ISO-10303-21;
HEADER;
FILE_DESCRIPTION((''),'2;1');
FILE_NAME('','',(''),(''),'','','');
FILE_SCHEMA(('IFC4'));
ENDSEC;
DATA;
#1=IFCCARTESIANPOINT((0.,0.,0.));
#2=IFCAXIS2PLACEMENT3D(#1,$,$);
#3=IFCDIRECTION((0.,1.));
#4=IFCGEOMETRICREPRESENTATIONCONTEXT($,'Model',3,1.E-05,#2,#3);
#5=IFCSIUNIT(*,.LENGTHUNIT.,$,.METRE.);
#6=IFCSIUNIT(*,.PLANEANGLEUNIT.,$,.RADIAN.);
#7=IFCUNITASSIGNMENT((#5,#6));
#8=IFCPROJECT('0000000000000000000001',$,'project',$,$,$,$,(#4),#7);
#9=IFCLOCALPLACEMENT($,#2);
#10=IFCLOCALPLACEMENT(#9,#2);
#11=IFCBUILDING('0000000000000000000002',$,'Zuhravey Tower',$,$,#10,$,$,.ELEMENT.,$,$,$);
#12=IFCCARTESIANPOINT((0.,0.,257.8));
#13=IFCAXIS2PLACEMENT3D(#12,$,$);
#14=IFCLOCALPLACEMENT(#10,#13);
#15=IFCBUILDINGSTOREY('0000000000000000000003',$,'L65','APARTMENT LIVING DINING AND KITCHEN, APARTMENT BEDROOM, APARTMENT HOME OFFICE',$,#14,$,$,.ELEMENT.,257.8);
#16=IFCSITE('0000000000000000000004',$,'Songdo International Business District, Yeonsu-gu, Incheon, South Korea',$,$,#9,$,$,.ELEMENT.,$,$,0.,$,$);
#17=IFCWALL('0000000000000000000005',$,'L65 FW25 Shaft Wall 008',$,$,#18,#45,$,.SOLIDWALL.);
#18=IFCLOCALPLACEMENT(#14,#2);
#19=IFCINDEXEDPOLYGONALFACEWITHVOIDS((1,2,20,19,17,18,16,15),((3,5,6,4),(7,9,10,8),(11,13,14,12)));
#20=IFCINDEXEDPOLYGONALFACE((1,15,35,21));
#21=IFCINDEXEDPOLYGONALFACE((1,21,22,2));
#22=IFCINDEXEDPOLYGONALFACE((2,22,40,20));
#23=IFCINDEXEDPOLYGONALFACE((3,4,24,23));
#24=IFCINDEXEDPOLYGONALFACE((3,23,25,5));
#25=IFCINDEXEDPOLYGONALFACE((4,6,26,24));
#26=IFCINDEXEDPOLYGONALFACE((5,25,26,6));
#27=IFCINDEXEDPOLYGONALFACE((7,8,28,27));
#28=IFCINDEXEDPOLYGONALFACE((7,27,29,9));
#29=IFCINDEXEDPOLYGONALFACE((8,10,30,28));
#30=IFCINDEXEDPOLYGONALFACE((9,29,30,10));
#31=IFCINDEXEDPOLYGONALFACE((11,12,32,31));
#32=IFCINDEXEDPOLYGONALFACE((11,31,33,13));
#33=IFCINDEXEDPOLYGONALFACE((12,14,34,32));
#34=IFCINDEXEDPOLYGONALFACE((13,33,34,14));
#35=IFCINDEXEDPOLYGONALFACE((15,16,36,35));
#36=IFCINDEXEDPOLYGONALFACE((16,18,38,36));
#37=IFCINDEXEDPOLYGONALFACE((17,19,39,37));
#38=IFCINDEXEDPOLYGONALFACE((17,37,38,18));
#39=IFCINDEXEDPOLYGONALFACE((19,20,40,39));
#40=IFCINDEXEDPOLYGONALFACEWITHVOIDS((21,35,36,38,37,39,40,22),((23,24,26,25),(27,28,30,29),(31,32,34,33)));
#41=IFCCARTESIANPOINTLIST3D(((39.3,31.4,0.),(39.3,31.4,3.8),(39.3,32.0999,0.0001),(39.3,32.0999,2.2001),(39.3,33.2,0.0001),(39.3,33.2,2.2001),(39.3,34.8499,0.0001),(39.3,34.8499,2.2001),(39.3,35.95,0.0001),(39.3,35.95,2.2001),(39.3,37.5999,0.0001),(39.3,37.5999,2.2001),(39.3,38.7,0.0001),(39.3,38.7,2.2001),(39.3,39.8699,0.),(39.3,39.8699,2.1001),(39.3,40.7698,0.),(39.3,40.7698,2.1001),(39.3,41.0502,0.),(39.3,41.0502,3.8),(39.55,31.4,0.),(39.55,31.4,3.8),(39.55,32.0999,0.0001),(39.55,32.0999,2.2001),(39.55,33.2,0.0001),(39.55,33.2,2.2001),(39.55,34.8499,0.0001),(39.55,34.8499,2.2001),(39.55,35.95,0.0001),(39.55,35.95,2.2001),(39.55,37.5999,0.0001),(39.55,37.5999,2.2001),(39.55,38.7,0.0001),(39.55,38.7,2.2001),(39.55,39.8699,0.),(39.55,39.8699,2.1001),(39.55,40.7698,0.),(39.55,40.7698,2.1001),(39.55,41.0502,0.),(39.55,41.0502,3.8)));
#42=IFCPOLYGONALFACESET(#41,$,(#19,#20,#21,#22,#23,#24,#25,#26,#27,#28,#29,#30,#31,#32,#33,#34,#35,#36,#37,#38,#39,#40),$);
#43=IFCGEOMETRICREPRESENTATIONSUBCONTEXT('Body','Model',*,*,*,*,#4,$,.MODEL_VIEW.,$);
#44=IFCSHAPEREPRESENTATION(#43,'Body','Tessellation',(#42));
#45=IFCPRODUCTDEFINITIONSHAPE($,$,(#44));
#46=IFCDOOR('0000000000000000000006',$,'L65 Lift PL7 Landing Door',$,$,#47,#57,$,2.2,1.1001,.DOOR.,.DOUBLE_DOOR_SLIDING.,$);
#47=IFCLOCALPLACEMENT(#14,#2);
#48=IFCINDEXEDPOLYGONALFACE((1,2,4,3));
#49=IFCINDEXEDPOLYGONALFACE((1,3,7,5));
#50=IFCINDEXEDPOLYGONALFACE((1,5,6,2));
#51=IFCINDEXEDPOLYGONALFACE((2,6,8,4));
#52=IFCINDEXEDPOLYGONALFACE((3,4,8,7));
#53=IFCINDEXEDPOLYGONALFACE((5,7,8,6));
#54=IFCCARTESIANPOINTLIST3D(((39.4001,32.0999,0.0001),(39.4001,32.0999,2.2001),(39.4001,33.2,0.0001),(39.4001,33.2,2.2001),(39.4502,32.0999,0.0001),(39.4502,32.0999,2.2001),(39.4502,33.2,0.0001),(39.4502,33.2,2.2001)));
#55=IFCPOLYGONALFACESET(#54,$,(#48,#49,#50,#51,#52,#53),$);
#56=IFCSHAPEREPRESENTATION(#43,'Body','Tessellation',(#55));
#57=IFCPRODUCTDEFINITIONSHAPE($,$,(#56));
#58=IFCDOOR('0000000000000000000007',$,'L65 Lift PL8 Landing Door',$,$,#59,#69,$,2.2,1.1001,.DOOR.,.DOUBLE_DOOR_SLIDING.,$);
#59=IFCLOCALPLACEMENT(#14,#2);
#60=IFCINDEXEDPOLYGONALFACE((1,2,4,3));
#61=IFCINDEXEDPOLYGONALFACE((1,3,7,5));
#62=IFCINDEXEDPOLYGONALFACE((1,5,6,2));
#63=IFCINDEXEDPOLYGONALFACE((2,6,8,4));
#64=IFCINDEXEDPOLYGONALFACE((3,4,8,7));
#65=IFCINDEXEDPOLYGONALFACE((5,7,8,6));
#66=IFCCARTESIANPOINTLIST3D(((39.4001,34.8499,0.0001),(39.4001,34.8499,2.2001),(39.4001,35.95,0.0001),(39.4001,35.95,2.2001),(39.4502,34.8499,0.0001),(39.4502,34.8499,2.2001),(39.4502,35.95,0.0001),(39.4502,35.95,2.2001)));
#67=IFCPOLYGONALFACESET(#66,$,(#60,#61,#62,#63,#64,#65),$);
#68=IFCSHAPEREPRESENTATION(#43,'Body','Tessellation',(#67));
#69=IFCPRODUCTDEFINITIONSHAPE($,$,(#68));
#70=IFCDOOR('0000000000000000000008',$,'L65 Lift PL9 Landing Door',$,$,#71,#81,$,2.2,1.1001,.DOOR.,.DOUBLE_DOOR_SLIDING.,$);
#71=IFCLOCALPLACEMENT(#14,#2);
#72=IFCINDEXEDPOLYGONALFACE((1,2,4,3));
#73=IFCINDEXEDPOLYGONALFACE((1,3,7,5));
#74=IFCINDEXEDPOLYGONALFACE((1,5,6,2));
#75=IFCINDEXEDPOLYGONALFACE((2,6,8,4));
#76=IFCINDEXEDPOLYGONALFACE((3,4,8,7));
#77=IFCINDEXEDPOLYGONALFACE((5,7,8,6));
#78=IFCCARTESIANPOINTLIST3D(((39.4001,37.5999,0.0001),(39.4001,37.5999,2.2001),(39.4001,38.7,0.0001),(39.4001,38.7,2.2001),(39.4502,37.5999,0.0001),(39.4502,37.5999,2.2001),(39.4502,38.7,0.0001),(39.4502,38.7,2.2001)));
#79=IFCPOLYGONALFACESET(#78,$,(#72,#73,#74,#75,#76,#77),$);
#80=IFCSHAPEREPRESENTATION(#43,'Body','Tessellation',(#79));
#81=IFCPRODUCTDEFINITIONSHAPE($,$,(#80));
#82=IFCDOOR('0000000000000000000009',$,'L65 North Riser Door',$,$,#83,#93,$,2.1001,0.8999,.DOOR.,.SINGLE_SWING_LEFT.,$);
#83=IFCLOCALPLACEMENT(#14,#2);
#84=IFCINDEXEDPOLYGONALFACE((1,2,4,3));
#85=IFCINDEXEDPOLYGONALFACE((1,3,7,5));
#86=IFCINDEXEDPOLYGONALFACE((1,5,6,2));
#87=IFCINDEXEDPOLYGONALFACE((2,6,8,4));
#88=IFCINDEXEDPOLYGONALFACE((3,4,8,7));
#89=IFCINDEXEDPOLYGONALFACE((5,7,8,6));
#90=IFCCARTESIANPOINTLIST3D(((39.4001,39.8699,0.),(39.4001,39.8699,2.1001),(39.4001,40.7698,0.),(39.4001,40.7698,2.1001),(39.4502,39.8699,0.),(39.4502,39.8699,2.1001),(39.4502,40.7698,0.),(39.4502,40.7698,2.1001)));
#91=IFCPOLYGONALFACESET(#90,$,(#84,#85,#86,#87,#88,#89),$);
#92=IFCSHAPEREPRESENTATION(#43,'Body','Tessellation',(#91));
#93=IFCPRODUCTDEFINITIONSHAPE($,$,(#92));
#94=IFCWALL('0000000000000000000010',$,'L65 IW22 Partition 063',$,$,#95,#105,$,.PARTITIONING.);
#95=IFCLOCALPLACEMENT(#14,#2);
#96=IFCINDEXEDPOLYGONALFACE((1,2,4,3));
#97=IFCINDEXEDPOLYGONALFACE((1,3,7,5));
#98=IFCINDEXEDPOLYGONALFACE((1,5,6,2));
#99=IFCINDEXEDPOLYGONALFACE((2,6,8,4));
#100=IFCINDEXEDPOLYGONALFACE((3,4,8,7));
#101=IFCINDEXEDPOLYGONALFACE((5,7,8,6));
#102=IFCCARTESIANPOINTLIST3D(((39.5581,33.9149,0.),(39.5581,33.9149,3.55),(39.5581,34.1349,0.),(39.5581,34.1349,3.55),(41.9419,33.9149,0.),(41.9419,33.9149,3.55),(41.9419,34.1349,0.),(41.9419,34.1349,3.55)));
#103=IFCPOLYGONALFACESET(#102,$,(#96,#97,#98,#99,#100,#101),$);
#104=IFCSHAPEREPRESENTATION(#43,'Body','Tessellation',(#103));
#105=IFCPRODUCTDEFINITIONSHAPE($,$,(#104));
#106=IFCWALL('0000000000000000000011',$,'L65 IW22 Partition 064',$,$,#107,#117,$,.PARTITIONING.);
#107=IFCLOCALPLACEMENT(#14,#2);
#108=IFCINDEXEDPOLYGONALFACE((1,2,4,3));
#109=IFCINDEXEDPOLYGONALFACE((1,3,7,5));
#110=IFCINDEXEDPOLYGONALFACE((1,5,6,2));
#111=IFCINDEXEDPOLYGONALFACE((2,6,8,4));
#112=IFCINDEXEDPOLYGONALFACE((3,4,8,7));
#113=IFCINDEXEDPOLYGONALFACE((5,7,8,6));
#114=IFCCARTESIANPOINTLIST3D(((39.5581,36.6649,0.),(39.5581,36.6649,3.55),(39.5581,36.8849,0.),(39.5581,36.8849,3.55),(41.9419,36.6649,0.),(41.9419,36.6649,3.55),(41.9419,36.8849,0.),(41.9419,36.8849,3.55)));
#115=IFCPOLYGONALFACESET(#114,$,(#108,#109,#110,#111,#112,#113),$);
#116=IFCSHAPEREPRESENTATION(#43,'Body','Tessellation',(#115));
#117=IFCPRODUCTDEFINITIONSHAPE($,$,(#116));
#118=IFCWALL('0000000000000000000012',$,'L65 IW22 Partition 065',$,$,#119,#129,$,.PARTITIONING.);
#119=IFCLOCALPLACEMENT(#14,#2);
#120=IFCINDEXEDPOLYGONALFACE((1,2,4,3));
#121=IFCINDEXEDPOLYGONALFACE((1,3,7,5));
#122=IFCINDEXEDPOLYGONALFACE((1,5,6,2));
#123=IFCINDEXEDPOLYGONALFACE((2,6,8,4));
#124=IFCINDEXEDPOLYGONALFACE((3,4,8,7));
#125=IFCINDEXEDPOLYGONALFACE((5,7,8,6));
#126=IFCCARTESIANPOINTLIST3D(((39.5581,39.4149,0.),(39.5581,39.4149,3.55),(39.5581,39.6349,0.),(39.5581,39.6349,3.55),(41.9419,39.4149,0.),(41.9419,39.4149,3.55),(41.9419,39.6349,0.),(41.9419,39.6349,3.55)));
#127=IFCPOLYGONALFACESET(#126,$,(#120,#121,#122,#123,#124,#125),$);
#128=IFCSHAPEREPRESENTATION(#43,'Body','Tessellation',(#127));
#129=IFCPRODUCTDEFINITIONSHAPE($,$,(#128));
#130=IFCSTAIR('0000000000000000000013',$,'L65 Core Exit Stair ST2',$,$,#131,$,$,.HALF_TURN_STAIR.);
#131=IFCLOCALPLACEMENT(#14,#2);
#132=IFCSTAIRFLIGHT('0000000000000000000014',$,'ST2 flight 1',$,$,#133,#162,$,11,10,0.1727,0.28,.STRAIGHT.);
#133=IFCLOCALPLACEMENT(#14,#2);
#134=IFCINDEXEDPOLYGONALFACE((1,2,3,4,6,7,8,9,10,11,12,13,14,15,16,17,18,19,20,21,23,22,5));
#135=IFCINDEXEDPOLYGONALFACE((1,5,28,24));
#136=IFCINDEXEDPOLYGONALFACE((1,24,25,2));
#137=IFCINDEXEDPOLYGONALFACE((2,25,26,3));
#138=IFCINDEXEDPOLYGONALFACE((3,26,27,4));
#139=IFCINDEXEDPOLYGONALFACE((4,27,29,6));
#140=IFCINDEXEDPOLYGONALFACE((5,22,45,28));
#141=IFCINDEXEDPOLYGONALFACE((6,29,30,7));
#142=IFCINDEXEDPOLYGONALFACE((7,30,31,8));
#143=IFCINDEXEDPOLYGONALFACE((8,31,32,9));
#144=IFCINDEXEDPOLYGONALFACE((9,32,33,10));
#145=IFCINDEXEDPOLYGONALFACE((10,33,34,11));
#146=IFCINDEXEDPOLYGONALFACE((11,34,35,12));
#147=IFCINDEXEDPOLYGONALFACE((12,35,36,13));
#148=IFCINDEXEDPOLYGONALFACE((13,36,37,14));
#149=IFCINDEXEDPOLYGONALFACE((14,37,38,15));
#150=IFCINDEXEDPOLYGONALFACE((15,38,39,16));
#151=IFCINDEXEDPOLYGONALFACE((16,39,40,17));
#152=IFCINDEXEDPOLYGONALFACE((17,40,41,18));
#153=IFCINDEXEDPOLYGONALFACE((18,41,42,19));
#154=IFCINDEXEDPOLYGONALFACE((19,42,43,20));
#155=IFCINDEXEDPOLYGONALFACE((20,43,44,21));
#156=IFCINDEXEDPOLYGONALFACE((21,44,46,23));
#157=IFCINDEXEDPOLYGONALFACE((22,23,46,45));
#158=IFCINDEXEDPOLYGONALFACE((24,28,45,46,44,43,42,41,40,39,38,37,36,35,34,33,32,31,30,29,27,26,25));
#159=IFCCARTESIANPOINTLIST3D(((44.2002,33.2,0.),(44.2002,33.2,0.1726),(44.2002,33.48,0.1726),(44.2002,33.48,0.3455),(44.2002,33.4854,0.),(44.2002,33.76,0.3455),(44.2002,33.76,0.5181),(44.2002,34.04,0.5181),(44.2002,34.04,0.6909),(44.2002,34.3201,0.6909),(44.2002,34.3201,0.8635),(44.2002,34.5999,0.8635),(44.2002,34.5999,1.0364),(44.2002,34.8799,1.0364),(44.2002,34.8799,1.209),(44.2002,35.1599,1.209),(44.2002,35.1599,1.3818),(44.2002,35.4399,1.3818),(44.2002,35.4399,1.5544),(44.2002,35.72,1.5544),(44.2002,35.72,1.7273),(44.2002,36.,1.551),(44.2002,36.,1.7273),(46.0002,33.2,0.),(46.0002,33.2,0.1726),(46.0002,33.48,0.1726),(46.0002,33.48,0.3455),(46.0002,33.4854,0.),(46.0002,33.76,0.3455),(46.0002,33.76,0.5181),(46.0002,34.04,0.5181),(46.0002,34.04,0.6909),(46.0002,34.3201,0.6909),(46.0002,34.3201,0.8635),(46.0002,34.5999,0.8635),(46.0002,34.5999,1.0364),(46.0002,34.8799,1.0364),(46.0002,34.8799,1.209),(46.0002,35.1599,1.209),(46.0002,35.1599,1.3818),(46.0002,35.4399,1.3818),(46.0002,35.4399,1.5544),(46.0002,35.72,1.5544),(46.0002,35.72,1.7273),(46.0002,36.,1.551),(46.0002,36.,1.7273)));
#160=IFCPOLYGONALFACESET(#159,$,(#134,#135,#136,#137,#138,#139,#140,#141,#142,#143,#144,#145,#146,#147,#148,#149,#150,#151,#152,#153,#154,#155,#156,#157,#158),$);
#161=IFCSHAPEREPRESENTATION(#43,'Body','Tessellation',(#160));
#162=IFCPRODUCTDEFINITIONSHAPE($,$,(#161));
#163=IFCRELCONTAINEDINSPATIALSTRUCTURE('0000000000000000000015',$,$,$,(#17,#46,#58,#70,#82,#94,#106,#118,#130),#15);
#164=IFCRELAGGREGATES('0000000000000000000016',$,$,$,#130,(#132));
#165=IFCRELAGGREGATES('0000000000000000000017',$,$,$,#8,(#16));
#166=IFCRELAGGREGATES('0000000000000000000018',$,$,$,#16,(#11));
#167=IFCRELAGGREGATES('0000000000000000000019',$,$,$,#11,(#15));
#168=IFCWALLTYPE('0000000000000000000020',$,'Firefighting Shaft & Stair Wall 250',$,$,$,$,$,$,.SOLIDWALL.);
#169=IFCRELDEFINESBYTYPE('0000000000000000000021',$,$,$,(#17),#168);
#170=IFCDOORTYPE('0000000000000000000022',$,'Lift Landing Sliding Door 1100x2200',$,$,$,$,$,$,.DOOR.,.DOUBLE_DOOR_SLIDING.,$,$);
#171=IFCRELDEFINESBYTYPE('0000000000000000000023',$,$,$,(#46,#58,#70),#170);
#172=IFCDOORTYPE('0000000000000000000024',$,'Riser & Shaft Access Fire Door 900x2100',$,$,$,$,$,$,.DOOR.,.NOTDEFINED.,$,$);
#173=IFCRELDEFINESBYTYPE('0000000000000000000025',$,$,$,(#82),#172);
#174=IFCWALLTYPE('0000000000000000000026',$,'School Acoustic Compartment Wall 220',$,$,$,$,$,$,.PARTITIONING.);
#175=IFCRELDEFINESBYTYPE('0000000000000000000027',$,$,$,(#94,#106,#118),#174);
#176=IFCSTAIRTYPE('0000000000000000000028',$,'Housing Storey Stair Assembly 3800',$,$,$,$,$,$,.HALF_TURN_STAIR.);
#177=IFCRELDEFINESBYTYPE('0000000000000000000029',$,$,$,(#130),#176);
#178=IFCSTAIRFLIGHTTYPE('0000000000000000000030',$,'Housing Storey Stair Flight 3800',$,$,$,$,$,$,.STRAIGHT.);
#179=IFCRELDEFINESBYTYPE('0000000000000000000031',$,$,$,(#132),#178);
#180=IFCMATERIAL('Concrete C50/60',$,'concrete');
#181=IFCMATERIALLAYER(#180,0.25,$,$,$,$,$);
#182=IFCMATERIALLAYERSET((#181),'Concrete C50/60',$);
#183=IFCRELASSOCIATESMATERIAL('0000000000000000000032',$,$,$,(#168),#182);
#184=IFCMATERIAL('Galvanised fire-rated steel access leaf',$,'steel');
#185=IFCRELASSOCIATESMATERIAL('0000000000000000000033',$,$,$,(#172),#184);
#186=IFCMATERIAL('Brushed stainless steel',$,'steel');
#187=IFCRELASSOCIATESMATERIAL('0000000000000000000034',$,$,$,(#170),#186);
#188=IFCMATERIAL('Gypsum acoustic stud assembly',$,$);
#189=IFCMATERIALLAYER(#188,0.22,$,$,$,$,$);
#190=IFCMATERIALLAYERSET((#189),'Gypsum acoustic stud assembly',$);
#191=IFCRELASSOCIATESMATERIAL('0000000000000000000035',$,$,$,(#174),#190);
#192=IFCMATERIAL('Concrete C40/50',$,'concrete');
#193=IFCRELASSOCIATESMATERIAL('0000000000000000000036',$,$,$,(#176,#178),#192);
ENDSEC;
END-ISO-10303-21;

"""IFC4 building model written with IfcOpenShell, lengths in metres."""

from ifc_helpers import new_model, si_unit, direction, frame, frame_2d, origin, place, context, subcontext, project, spatial, polyline, rectangle, outline, extrude, material, layer, layer_set, type_object, element, fill, aggregate, save


model = new_model("IFC4")

# Units and contexts
model_context = context("Model", 3, precision=1e-05, world=origin(), true_north=direction((0.0, 1.0)))
body_context = subcontext(model_context, "Body", "Model", "MODEL_VIEW")
ifc_project = project(units=[si_unit("LENGTHUNIT", "METRE"), si_unit("PLANEANGLEUNIT", "RADIAN")], contexts=[model_context])

# Site, building, storey
site_placement = place(None, origin())
site = spatial("IfcSite", under=ifc_project, at=site_placement, Name="Songdo International Business District, Yeonsu-gu, Incheon, South Korea", CompositionType="ELEMENT", RefElevation=0.0)
building_placement = place(site_placement, origin())
building = spatial("IfcBuilding", under=site, at=building_placement, Name="Zuhravey Tower", CompositionType="ELEMENT")
storey_placement = place(building_placement, frame((0.0, 0.0, 257.8)))
storey = spatial("IfcBuildingStorey", under=building, at=storey_placement, Name="L65", Description="APARTMENT LIVING DINING AND KITCHEN, APARTMENT BEDROOM, APARTMENT HOME OFFICE", CompositionType="ELEMENT", Elevation=257.8)

# Shared definitions
ifc_material_1 = material(Name="Concrete C50/60", Category="concrete")

# Shared definitions
ifc_layer_1 = layer(ifc_material_1, 0.25)
ifc_layer_set_1 = layer_set([ifc_layer_1], Name="Concrete C50/60")
wall_type_1 = type_object("IfcWallType", Name="Firefighting Shaft & Stair Wall 250", PredefinedType="SOLIDWALL", material=ifc_layer_set_1)

# Wall, openings, doors
ifc_material_2 = material(Name="Galvanised fire-rated steel access leaf", Category="steel")
door_type_1 = type_object("IfcDoorType", Name="Riser & Shaft Access Fire Door 900x2100", OperationType="NOTDEFINED", PredefinedType="DOOR", material=ifc_material_2)
wall_1_placement = place(storey_placement, frame((39.425, 31.3999, 0.0), z_axis=(0.0, 0.0, 1.0), x_axis=(0.0, 1.0, 0.0)))
wall_1 = element("IfcWall", 1, at=wall_1_placement, inside=storey, type_object=wall_type_1, Name="L65 FW25 Shaft Wall 008", PredefinedType="SOLIDWALL", context=body_context, shape_type="SweptSolid", body=[
    extrude(rectangle(XDim=9.6501, YDim=0.25, at=frame_2d((4.8252, 0.0))), origin(), (0.0, 0.0, 1.0), 3.8),
])
opening_1_placement = place(wall_1_placement, frame((0.7, 0.0, 0.0)))
opening_1 = element("IfcOpeningElement", 2, at=opening_1_placement, cuts=wall_1, PredefinedType="OPENING", context=body_context, shape_type="SweptSolid", body=[
    extrude(rectangle(XDim=1.1001, YDim=2.2, at=frame_2d((0.55, 1.1001))), frame((0.0, 0.137, 0.0), z_axis=(0.0, -1.0, 0.0), x_axis=(1.0, 0.0, 0.0)), (0.0, 0.0, 1.0), 0.2739),
])
opening_2_placement = place(wall_1_placement, frame((3.45, 0.0, 0.0)))
opening_2 = element("IfcOpeningElement", 3, at=opening_2_placement, cuts=wall_1, PredefinedType="OPENING", context=body_context, shape_type="SweptSolid", body=[
    extrude(rectangle(XDim=1.1001, YDim=2.2, at=frame_2d((0.55, 1.1001))), frame((0.0, 0.137, 0.0), z_axis=(0.0, -1.0, 0.0), x_axis=(1.0, 0.0, 0.0)), (0.0, 0.0, 1.0), 0.2739),
])
opening_3_placement = place(wall_1_placement, frame((6.2, 0.0, 0.0)))
opening_3 = element("IfcOpeningElement", 4, at=opening_3_placement, cuts=wall_1, PredefinedType="OPENING", context=body_context, shape_type="SweptSolid", body=[
    extrude(rectangle(XDim=1.1001, YDim=2.2, at=frame_2d((0.55, 1.1001))), frame((0.0, 0.137, 0.0), z_axis=(0.0, -1.0, 0.0), x_axis=(1.0, 0.0, 0.0)), (0.0, 0.0, 1.0), 0.2739),
])
opening_4_placement = place(wall_1_placement, frame((8.47, 0.0, 0.0)))
opening_4 = element("IfcOpeningElement", 5, at=opening_4_placement, cuts=wall_1, PredefinedType="OPENING", context=body_context, shape_type="SweptSolid", body=[
    extrude(rectangle(XDim=0.8999, YDim=2.1001, at=frame_2d((0.45, 1.05))), frame((0.0, 0.137, 0.0), z_axis=(0.0, -1.0, 0.0), x_axis=(1.0, 0.0, 0.0)), (0.0, 0.0, 1.0), 0.2739),
])
ifc_material_3 = material(Name="Brushed stainless steel", Category="steel")
door_type_2 = type_object("IfcDoorType", Name="Lift Landing Sliding Door 1100x2200", OperationType="DOUBLE_DOOR_SLIDING", PredefinedType="DOOR", material=ifc_material_3)
door_1_placement = place(opening_1_placement, origin())
door_1 = element("IfcDoor", 6, at=door_1_placement, inside=storey, type_object=door_type_2, Name="L65 Lift PL7 Landing Door", OperationType="DOUBLE_DOOR_SLIDING", OverallHeight=2.2, OverallWidth=1.1001, PredefinedType="DOOR", context=body_context, shape_type="SweptSolid", body=[
    extrude(rectangle(XDim=1.1001, YDim=2.2, at=frame_2d((0.55, 1.1001))), frame((0.0, 0.0249, 0.0), z_axis=(0.0, -1.0, 0.0), x_axis=(1.0, 0.0, 0.0)), (0.0, 0.0, 1.0), 0.05),
])
fill(opening_1, door_1)
door_2_placement = place(opening_2_placement, origin())
door_2 = element("IfcDoor", 7, at=door_2_placement, inside=storey, type_object=door_type_2, Name="L65 Lift PL8 Landing Door", OperationType="DOUBLE_DOOR_SLIDING", OverallHeight=2.2, OverallWidth=1.1001, PredefinedType="DOOR", context=body_context, shape_type="SweptSolid", body=[
    extrude(rectangle(XDim=1.1001, YDim=2.2, at=frame_2d((0.55, 1.1001))), frame((0.0, 0.0249, 0.0), z_axis=(0.0, -1.0, 0.0), x_axis=(1.0, 0.0, 0.0)), (0.0, 0.0, 1.0), 0.05),
])
fill(opening_2, door_2)
door_3_placement = place(opening_3_placement, origin())
door_3 = element("IfcDoor", 8, at=door_3_placement, inside=storey, type_object=door_type_2, Name="L65 Lift PL9 Landing Door", OperationType="DOUBLE_DOOR_SLIDING", OverallHeight=2.2, OverallWidth=1.1001, PredefinedType="DOOR", context=body_context, shape_type="SweptSolid", body=[
    extrude(rectangle(XDim=1.1001, YDim=2.2, at=frame_2d((0.55, 1.1001))), frame((0.0, 0.0249, 0.0), z_axis=(0.0, -1.0, 0.0), x_axis=(1.0, 0.0, 0.0)), (0.0, 0.0, 1.0), 0.05),
])
fill(opening_3, door_3)
door_4_placement = place(opening_4_placement, origin())
door_4 = element("IfcDoor", 9, at=door_4_placement, inside=storey, type_object=door_type_1, Name="L65 North Riser Door", OperationType="SINGLE_SWING_LEFT", OverallHeight=2.1001, OverallWidth=0.8999, PredefinedType="DOOR", context=body_context, shape_type="SweptSolid", body=[
    extrude(rectangle(XDim=0.8999, YDim=2.1001, at=frame_2d((0.45, 1.05))), frame((0.0, 0.0249, 0.0), z_axis=(0.0, -1.0, 0.0), x_axis=(1.0, 0.0, 0.0)), (0.0, 0.0, 1.0), 0.05),
])
fill(opening_4, door_4)

# Walls
ifc_material_4 = material(Name="Gypsum acoustic stud assembly")
ifc_layer_2 = layer(ifc_material_4, 0.22)
ifc_layer_set_2 = layer_set([ifc_layer_2], Name="Gypsum acoustic stud assembly")
wall_type_2 = type_object("IfcWallType", Name="School Acoustic Compartment Wall 220", PredefinedType="PARTITIONING", material=ifc_layer_set_2)
for number, where, z_axis, x_axis, name in (
    (10, (39.5581, 34.0249, 0.0), (0.0, 0.0, 1.0), (1.0, 0.0, 0.0), "L65 IW22 Partition 063"),
    (11, (39.5581, 36.7749, 0.0), (0.0, 0.0, 1.0), (1.0, 0.0, 0.0), "L65 IW22 Partition 064"),
    (12, (39.5581, 39.5249, 0.0), (0.0, 0.0, 1.0), (1.0, 0.0, 0.0), "L65 IW22 Partition 065"),
):
    element("IfcWall", number, at=place(storey_placement, frame(where, z_axis=z_axis, x_axis=x_axis)), inside=storey, type_object=wall_type_2, Name=name, PredefinedType="PARTITIONING", context=body_context, shape_type="SweptSolid", body=[
        extrude(rectangle(XDim=2.3838, YDim=0.22, at=frame_2d((1.1919, 0.0))), origin(), (0.0, 0.0, 1.0), 3.55),
    ])

# Stair, stair flight
ifc_material_5 = material(Name="Concrete C40/50", Category="concrete")
stair_type = type_object("IfcStairType", Name="Housing Storey Stair Assembly 3800", PredefinedType="HALF_TURN_STAIR", material=ifc_material_5)
stair_placement = place(storey_placement, origin())
stair = element("IfcStair", 13, at=stair_placement, inside=storey, type_object=stair_type, Name="L65 Core Exit Stair ST2", PredefinedType="HALF_TURN_STAIR")
stair_flight_type = type_object("IfcStairFlightType", Name="Housing Storey Stair Flight 3800", PredefinedType="STRAIGHT", material=ifc_material_5)
stair_flight_1_placement = place(storey_placement, frame((45.1001, 33.2, 0.0), z_axis=(0.0, 0.0, 1.0), x_axis=(0.0, 1.0, 0.0)))
stair_flight_1 = element("IfcStairFlight", 14, at=stair_flight_1_placement, type_object=stair_flight_type, Name="ST2 flight 1", NumberOfRisers=11, NumberOfTreads=10, PredefinedType="STRAIGHT", RiserHeight=0.1727, TreadLength=0.28, context=body_context, shape_type="SweptSolid", body=[
    extrude(outline(polyline([(0.0, 0.0), (0.0, 0.1726), (0.28, 0.1726), (0.28, 0.3455), (0.5601, 0.3455), (0.5601, 0.5181), (0.8401, 0.5181), (0.8401, 0.6909), (1.1201, 0.6909), (1.1201, 0.8635), (1.3999, 0.8635), (1.3999, 1.0364), (1.6799, 1.0364), (1.6799, 1.209), (1.96, 1.209), (1.96, 1.3818), (2.24, 1.3818), (2.24, 1.5544), (2.52, 1.5544), (2.52, 1.7273), (2.8, 1.7273), (2.8, 1.8999), (2.8, 1.551), (0.2854, 0.0), (0.0, 0.0)])), frame((0.0, 0.8999, 0.0), z_axis=(0.0, -1.0, 0.0), x_axis=(1.0, 0.0, 0.0)), (0.0, 0.0, 1.0), 1.8),
])
aggregate(stair, [stair_flight_1])

save(model, "model.ifc")
